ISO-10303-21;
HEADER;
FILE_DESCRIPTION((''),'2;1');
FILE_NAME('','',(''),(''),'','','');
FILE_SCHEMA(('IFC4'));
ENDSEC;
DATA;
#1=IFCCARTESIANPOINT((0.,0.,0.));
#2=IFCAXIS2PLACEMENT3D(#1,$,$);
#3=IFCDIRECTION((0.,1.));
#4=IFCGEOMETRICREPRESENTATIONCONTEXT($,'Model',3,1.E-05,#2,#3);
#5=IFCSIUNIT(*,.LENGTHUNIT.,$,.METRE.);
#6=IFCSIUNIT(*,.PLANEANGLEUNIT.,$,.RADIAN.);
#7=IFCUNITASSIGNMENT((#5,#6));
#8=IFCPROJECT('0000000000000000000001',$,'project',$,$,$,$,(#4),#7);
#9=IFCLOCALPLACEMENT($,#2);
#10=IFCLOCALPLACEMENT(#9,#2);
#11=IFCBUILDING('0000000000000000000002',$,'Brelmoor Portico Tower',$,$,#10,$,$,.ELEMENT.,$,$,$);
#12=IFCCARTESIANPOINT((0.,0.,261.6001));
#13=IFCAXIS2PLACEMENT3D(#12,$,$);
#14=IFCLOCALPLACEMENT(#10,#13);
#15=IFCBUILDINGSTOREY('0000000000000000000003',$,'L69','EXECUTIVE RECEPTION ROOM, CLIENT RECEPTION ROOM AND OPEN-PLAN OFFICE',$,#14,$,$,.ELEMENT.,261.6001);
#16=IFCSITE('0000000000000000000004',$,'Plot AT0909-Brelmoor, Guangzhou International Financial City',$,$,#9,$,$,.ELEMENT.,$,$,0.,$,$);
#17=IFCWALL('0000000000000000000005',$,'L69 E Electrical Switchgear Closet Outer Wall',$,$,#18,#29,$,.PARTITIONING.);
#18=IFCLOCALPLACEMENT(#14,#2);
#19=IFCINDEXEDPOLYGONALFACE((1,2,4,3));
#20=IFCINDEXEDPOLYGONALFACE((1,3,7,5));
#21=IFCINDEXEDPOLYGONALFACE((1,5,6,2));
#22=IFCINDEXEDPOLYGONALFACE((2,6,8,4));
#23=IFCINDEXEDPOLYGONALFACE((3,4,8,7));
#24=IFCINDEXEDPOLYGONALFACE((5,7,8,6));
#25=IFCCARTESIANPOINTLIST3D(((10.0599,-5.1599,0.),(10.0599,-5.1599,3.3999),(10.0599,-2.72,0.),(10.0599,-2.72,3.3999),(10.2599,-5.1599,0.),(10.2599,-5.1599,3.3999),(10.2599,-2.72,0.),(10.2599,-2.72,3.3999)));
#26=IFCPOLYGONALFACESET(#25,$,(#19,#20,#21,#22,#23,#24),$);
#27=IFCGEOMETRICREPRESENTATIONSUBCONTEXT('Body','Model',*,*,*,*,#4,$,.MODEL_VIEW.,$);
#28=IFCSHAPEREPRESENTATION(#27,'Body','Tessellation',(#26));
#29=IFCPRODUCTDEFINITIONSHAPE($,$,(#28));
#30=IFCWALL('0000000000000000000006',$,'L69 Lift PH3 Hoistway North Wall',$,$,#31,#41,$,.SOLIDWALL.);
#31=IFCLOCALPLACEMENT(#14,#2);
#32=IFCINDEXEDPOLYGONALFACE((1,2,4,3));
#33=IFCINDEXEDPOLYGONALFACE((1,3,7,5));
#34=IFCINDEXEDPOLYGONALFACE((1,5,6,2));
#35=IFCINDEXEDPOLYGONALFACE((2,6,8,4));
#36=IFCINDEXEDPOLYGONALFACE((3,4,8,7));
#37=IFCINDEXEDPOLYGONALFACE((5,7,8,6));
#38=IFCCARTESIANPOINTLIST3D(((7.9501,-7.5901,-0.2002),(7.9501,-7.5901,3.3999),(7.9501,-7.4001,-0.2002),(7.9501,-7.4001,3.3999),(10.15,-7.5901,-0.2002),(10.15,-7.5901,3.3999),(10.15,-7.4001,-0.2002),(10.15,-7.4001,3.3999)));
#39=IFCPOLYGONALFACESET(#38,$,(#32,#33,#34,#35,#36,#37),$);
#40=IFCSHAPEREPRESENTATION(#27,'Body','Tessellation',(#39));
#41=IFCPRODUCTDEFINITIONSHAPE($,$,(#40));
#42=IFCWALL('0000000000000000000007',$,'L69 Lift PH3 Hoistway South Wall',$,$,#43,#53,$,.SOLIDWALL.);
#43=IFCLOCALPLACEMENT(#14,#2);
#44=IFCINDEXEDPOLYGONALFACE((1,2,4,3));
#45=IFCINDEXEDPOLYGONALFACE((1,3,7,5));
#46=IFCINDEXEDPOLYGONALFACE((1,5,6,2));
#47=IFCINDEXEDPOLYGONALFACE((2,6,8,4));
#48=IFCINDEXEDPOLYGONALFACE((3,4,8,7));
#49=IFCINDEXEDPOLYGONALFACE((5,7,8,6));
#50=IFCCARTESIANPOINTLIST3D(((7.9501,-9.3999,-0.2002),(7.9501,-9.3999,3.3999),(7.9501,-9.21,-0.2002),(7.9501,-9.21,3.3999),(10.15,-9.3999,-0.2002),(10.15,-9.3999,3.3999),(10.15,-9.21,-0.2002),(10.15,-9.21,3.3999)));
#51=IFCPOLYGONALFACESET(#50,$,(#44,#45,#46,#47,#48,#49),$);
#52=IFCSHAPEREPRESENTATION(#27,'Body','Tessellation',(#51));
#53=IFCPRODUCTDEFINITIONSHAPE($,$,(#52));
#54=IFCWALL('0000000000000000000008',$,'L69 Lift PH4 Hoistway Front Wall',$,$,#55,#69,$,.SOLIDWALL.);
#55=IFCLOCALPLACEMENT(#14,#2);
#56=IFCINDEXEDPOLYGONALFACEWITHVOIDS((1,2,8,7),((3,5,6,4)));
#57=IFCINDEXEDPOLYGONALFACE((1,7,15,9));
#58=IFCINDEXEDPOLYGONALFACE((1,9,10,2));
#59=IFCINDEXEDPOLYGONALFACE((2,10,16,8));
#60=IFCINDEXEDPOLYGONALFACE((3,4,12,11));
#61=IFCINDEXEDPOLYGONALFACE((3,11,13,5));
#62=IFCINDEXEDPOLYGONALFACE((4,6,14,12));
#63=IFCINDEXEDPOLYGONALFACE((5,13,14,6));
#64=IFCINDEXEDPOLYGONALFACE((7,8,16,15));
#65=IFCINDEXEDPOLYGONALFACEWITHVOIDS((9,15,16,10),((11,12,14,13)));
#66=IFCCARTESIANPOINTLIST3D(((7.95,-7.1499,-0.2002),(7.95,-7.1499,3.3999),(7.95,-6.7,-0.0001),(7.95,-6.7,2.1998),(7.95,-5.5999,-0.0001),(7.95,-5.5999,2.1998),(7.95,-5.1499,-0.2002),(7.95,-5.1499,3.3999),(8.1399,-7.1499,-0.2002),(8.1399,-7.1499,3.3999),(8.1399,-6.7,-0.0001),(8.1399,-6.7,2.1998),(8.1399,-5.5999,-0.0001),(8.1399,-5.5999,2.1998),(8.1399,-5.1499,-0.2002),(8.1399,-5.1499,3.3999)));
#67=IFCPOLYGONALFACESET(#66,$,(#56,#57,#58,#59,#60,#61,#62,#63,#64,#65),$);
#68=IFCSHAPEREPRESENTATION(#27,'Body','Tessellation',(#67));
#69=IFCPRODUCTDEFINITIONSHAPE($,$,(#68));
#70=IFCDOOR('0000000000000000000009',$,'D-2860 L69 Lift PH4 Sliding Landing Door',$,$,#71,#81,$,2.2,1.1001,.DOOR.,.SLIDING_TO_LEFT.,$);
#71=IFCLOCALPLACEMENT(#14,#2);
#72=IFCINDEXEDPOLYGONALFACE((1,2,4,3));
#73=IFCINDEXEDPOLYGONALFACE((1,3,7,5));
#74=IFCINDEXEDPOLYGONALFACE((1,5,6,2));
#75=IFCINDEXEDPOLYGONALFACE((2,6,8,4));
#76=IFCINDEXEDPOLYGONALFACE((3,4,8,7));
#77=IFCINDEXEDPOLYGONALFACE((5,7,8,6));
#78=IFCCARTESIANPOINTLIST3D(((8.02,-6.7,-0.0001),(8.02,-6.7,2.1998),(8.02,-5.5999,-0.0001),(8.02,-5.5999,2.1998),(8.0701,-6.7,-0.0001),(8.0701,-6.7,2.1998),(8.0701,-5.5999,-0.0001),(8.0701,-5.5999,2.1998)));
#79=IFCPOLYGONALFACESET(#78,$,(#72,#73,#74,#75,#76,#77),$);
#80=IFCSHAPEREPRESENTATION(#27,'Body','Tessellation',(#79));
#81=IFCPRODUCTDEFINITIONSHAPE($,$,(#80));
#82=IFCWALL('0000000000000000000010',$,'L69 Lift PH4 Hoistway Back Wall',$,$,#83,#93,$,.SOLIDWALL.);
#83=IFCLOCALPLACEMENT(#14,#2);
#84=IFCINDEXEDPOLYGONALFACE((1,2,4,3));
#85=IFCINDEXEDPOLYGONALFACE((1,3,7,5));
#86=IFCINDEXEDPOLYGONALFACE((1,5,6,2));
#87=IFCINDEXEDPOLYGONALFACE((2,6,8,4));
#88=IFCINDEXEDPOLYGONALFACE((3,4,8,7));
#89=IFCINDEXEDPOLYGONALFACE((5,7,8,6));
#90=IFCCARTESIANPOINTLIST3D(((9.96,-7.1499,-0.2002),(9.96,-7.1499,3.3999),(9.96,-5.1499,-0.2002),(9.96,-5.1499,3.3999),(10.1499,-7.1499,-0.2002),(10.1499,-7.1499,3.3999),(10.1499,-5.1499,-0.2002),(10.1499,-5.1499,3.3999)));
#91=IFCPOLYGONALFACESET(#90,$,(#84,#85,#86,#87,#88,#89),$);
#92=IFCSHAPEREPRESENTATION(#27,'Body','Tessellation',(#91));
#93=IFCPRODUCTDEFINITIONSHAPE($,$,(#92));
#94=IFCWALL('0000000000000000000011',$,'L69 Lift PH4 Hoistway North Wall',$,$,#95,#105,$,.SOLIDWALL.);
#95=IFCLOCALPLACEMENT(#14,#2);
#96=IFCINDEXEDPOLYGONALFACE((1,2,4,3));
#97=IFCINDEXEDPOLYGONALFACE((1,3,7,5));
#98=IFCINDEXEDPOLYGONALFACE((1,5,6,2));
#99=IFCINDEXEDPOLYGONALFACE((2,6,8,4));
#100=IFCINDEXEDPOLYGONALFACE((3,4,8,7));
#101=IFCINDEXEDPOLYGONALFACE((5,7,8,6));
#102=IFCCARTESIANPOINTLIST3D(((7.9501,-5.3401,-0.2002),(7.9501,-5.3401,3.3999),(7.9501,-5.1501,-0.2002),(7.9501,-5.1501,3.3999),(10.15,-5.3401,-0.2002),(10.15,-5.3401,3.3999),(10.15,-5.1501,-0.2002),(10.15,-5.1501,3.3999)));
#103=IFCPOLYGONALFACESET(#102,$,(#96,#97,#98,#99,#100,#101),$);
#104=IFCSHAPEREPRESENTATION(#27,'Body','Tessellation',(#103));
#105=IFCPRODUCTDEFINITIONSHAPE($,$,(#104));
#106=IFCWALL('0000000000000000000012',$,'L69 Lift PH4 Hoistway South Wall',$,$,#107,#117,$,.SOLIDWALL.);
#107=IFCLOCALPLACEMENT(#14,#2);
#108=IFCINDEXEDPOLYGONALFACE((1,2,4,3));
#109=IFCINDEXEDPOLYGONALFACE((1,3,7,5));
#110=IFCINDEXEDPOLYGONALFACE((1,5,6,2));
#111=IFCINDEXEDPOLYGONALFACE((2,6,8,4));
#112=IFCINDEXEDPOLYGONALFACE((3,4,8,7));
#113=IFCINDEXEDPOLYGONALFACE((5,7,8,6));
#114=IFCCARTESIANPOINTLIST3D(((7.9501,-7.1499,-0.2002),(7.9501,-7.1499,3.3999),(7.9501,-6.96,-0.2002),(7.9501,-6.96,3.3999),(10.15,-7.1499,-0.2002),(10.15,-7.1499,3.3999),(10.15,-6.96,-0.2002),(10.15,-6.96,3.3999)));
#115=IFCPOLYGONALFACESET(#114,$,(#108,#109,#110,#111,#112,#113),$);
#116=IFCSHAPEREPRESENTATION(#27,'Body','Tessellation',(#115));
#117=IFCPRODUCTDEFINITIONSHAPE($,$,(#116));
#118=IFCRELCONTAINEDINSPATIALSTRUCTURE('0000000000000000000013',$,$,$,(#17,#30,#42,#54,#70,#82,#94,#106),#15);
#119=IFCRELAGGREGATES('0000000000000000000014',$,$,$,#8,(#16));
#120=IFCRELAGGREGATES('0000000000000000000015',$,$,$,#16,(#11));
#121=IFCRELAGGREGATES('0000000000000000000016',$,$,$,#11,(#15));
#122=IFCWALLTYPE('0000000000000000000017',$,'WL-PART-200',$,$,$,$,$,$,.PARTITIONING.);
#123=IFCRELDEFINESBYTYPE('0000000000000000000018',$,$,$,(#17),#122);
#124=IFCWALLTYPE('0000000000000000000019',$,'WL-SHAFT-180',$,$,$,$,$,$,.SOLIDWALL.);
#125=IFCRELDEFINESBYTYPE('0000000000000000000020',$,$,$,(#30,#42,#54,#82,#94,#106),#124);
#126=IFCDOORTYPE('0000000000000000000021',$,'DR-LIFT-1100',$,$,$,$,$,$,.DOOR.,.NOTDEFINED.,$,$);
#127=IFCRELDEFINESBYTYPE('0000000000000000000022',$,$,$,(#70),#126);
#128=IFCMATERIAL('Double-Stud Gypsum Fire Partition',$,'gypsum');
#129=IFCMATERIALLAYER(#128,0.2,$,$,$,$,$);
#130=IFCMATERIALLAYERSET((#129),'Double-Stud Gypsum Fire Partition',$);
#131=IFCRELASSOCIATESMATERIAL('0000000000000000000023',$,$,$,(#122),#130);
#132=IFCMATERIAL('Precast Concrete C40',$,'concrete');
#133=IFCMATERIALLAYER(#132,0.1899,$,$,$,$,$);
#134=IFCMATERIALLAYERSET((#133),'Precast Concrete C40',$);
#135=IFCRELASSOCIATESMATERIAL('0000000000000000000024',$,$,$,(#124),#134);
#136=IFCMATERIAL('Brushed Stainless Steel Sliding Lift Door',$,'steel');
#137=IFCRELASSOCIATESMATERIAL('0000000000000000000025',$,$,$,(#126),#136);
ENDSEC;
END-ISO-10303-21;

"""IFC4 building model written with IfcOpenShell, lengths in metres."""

from ifc_helpers import new_model, si_unit, direction, frame, frame_2d, origin, place, context, subcontext, project, spatial, rectangle, extrude, material, layer, layer_set, type_object, element, fill, save


model = new_model("IFC4")

# Units and contexts
model_context = context("Model", 3, precision=1e-05, world=origin(), true_north=direction((0.0, 1.0)))
body_context = subcontext(model_context, "Body", "Model", "MODEL_VIEW")
ifc_project = project(units=[si_unit("LENGTHUNIT", "METRE"), si_unit("PLANEANGLEUNIT", "RADIAN")], contexts=[model_context])

# Site, building, storey
site_placement = place(None, origin())
site = spatial("IfcSite", under=ifc_project, at=site_placement, Name="Plot AT0909-Brelmoor, Guangzhou International Financial City", CompositionType="ELEMENT", RefElevation=0.0)
building_placement = place(site_placement, origin())
building = spatial("IfcBuilding", under=site, at=building_placement, Name="Brelmoor Portico Tower", CompositionType="ELEMENT")
storey_placement = place(building_placement, frame((0.0, 0.0, 261.6001)))
storey = spatial("IfcBuildingStorey", under=building, at=storey_placement, Name="L69", Description="EXECUTIVE RECEPTION ROOM, CLIENT RECEPTION ROOM AND OPEN-PLAN OFFICE", CompositionType="ELEMENT", Elevation=261.6001)

# Shared definitions
ifc_material_1 = material(Name="Double-Stud Gypsum Fire Partition", Category="gypsum")
ifc_layer_1 = layer(ifc_material_1, 0.2)
ifc_layer_set_1 = layer_set([ifc_layer_1], Name="Double-Stud Gypsum Fire Partition")
wall_type_1 = type_object("IfcWallType", Name="WL-PART-200", PredefinedType="PARTITIONING", material=ifc_layer_set_1)

# Walls
for number, where, z_axis, x_axis, name in (
    (1, (10.1599, -5.1599, 0.0), (0.0, 0.0, 1.0), (0.0, 1.0, 0.0), "L69 E Electrical Switchgear Closet Outer Wall"),
):
    element("IfcWall", number, at=place(storey_placement, frame(where, z_axis=z_axis, x_axis=x_axis)), inside=storey, type_object=wall_type_1, Name=name, PredefinedType="PARTITIONING", context=body_context, shape_type="SweptSolid", body=[
        extrude(rectangle(XDim=2.4399, YDim=0.2, at=frame_2d((1.22, 0.0))), origin(), (0.0, 0.0, 1.0), 3.3999),
    ])
ifc_material_2 = material(Name="Precast Concrete C40", Category="concrete")
ifc_layer_2 = layer(ifc_material_2, 0.1899)
ifc_layer_set_2 = layer_set([ifc_layer_2], Name="Precast Concrete C40")
wall_type_2 = type_object("IfcWallType", Name="WL-SHAFT-180", PredefinedType="SOLIDWALL", material=ifc_layer_set_2)
for number, where, z_axis, x_axis, name in (
    (2, (7.95, -7.4951, -0.2002), (0.0, 0.0, 1.0), (1.0, 0.0, 0.0), "L69 Lift PH3 Hoistway North Wall"),
    (3, (7.95, -9.3049, -0.2002), (0.0, 0.0, 1.0), (1.0, 0.0, 0.0), "L69 Lift PH3 Hoistway South Wall"),
):
    element("IfcWall", number, at=place(storey_placement, frame(where, z_axis=z_axis, x_axis=x_axis)), inside=storey, type_object=wall_type_2, Name=name, PredefinedType="SOLIDWALL", context=body_context, shape_type="SweptSolid", body=[
        extrude(rectangle(XDim=2.2, YDim=0.1899, at=frame_2d((1.1001, 0.0))), origin(), (0.0, 0.0, 1.0), 3.6001),
    ])

# Wall, opening, door
wall_1_placement = place(storey_placement, frame((8.0449, -7.1499, -0.2002), z_axis=(0.0, 0.0, 1.0), x_axis=(0.0, 1.0, 0.0)))
wall_1 = element("IfcWall", 4, at=wall_1_placement, inside=storey, type_object=wall_type_2, Name="L69 Lift PH4 Hoistway Front Wall", PredefinedType="SOLIDWALL", context=body_context, shape_type="SweptSolid", body=[
    extrude(rectangle(XDim=2.0, YDim=0.1899, at=frame_2d((1.0, 0.0))), origin(), (0.0, 0.0, 1.0), 3.6001),
])
opening_1_placement = place(wall_1_placement, frame((0.45, 0.0, 0.2)))
opening_1 = element("IfcOpeningElement", 5, at=opening_1_placement, cuts=wall_1, PredefinedType="OPENING", context=body_context, shape_type="SweptSolid", body=[
    extrude(rectangle(XDim=1.1001, YDim=2.2, at=frame_2d((0.55, 1.1001))), frame((0.0, 0.105, 0.0), z_axis=(0.0, -1.0, 0.0), x_axis=(1.0, 0.0, 0.0)), (0.0, 0.0, 1.0), 0.21),
])
ifc_material_3 = material(Name="Brushed Stainless Steel Sliding Lift Door", Category="steel")
door_type_1 = type_object("IfcDoorType", Name="DR-LIFT-1100", OperationType="NOTDEFINED", PredefinedType="DOOR", material=ifc_material_3)
door_1_placement = place(opening_1_placement, origin())
door_1 = element("IfcDoor", 6, at=door_1_placement, inside=storey, type_object=door_type_1, Name="D-2860 L69 Lift PH4 Sliding Landing Door", OperationType="SLIDING_TO_LEFT", OverallHeight=2.2, OverallWidth=1.1001, PredefinedType="DOOR", context=body_context, shape_type="SweptSolid", body=[
    extrude(rectangle(XDim=1.1001, YDim=2.2, at=frame_2d((0.55, 1.1001))), frame((0.0, 0.0249, 0.0), z_axis=(0.0, -1.0, 0.0), x_axis=(1.0, 0.0, 0.0)), (0.0, 0.0, 1.0), 0.05),
])
fill(opening_1, door_1)

# Walls
wall_2_placement = place(storey_placement, frame((10.0549, -7.1499, -0.2002), z_axis=(0.0, 0.0, 1.0), x_axis=(0.0, 1.0, 0.0)))
element("IfcWall", 7, at=wall_2_placement, inside=storey, type_object=wall_type_2, Name="L69 Lift PH4 Hoistway Back Wall", PredefinedType="SOLIDWALL", context=body_context, shape_type="SweptSolid", body=[
    extrude(rectangle(XDim=2.0, YDim=0.1899, at=frame_2d((1.0, 0.0))), origin(), (0.0, 0.0, 1.0), 3.6001),
])
for number, where, z_axis, x_axis, name in (
    (8, (7.95, -5.2451, -0.2002), (0.0, 0.0, 1.0), (1.0, 0.0, 0.0), "L69 Lift PH4 Hoistway North Wall"),
    (9, (7.95, -7.0549, -0.2002), (0.0, 0.0, 1.0), (1.0, 0.0, 0.0), "L69 Lift PH4 Hoistway South Wall"),
):
    element("IfcWall", number, at=place(storey_placement, frame(where, z_axis=z_axis, x_axis=x_axis)), inside=storey, type_object=wall_type_2, Name=name, PredefinedType="SOLIDWALL", context=body_context, shape_type="SweptSolid", body=[
        extrude(rectangle(XDim=2.2, YDim=0.1899, at=frame_2d((1.1001, 0.0))), origin(), (0.0, 0.0, 1.0), 3.6001),
    ])

save(model, "model.ifc")
